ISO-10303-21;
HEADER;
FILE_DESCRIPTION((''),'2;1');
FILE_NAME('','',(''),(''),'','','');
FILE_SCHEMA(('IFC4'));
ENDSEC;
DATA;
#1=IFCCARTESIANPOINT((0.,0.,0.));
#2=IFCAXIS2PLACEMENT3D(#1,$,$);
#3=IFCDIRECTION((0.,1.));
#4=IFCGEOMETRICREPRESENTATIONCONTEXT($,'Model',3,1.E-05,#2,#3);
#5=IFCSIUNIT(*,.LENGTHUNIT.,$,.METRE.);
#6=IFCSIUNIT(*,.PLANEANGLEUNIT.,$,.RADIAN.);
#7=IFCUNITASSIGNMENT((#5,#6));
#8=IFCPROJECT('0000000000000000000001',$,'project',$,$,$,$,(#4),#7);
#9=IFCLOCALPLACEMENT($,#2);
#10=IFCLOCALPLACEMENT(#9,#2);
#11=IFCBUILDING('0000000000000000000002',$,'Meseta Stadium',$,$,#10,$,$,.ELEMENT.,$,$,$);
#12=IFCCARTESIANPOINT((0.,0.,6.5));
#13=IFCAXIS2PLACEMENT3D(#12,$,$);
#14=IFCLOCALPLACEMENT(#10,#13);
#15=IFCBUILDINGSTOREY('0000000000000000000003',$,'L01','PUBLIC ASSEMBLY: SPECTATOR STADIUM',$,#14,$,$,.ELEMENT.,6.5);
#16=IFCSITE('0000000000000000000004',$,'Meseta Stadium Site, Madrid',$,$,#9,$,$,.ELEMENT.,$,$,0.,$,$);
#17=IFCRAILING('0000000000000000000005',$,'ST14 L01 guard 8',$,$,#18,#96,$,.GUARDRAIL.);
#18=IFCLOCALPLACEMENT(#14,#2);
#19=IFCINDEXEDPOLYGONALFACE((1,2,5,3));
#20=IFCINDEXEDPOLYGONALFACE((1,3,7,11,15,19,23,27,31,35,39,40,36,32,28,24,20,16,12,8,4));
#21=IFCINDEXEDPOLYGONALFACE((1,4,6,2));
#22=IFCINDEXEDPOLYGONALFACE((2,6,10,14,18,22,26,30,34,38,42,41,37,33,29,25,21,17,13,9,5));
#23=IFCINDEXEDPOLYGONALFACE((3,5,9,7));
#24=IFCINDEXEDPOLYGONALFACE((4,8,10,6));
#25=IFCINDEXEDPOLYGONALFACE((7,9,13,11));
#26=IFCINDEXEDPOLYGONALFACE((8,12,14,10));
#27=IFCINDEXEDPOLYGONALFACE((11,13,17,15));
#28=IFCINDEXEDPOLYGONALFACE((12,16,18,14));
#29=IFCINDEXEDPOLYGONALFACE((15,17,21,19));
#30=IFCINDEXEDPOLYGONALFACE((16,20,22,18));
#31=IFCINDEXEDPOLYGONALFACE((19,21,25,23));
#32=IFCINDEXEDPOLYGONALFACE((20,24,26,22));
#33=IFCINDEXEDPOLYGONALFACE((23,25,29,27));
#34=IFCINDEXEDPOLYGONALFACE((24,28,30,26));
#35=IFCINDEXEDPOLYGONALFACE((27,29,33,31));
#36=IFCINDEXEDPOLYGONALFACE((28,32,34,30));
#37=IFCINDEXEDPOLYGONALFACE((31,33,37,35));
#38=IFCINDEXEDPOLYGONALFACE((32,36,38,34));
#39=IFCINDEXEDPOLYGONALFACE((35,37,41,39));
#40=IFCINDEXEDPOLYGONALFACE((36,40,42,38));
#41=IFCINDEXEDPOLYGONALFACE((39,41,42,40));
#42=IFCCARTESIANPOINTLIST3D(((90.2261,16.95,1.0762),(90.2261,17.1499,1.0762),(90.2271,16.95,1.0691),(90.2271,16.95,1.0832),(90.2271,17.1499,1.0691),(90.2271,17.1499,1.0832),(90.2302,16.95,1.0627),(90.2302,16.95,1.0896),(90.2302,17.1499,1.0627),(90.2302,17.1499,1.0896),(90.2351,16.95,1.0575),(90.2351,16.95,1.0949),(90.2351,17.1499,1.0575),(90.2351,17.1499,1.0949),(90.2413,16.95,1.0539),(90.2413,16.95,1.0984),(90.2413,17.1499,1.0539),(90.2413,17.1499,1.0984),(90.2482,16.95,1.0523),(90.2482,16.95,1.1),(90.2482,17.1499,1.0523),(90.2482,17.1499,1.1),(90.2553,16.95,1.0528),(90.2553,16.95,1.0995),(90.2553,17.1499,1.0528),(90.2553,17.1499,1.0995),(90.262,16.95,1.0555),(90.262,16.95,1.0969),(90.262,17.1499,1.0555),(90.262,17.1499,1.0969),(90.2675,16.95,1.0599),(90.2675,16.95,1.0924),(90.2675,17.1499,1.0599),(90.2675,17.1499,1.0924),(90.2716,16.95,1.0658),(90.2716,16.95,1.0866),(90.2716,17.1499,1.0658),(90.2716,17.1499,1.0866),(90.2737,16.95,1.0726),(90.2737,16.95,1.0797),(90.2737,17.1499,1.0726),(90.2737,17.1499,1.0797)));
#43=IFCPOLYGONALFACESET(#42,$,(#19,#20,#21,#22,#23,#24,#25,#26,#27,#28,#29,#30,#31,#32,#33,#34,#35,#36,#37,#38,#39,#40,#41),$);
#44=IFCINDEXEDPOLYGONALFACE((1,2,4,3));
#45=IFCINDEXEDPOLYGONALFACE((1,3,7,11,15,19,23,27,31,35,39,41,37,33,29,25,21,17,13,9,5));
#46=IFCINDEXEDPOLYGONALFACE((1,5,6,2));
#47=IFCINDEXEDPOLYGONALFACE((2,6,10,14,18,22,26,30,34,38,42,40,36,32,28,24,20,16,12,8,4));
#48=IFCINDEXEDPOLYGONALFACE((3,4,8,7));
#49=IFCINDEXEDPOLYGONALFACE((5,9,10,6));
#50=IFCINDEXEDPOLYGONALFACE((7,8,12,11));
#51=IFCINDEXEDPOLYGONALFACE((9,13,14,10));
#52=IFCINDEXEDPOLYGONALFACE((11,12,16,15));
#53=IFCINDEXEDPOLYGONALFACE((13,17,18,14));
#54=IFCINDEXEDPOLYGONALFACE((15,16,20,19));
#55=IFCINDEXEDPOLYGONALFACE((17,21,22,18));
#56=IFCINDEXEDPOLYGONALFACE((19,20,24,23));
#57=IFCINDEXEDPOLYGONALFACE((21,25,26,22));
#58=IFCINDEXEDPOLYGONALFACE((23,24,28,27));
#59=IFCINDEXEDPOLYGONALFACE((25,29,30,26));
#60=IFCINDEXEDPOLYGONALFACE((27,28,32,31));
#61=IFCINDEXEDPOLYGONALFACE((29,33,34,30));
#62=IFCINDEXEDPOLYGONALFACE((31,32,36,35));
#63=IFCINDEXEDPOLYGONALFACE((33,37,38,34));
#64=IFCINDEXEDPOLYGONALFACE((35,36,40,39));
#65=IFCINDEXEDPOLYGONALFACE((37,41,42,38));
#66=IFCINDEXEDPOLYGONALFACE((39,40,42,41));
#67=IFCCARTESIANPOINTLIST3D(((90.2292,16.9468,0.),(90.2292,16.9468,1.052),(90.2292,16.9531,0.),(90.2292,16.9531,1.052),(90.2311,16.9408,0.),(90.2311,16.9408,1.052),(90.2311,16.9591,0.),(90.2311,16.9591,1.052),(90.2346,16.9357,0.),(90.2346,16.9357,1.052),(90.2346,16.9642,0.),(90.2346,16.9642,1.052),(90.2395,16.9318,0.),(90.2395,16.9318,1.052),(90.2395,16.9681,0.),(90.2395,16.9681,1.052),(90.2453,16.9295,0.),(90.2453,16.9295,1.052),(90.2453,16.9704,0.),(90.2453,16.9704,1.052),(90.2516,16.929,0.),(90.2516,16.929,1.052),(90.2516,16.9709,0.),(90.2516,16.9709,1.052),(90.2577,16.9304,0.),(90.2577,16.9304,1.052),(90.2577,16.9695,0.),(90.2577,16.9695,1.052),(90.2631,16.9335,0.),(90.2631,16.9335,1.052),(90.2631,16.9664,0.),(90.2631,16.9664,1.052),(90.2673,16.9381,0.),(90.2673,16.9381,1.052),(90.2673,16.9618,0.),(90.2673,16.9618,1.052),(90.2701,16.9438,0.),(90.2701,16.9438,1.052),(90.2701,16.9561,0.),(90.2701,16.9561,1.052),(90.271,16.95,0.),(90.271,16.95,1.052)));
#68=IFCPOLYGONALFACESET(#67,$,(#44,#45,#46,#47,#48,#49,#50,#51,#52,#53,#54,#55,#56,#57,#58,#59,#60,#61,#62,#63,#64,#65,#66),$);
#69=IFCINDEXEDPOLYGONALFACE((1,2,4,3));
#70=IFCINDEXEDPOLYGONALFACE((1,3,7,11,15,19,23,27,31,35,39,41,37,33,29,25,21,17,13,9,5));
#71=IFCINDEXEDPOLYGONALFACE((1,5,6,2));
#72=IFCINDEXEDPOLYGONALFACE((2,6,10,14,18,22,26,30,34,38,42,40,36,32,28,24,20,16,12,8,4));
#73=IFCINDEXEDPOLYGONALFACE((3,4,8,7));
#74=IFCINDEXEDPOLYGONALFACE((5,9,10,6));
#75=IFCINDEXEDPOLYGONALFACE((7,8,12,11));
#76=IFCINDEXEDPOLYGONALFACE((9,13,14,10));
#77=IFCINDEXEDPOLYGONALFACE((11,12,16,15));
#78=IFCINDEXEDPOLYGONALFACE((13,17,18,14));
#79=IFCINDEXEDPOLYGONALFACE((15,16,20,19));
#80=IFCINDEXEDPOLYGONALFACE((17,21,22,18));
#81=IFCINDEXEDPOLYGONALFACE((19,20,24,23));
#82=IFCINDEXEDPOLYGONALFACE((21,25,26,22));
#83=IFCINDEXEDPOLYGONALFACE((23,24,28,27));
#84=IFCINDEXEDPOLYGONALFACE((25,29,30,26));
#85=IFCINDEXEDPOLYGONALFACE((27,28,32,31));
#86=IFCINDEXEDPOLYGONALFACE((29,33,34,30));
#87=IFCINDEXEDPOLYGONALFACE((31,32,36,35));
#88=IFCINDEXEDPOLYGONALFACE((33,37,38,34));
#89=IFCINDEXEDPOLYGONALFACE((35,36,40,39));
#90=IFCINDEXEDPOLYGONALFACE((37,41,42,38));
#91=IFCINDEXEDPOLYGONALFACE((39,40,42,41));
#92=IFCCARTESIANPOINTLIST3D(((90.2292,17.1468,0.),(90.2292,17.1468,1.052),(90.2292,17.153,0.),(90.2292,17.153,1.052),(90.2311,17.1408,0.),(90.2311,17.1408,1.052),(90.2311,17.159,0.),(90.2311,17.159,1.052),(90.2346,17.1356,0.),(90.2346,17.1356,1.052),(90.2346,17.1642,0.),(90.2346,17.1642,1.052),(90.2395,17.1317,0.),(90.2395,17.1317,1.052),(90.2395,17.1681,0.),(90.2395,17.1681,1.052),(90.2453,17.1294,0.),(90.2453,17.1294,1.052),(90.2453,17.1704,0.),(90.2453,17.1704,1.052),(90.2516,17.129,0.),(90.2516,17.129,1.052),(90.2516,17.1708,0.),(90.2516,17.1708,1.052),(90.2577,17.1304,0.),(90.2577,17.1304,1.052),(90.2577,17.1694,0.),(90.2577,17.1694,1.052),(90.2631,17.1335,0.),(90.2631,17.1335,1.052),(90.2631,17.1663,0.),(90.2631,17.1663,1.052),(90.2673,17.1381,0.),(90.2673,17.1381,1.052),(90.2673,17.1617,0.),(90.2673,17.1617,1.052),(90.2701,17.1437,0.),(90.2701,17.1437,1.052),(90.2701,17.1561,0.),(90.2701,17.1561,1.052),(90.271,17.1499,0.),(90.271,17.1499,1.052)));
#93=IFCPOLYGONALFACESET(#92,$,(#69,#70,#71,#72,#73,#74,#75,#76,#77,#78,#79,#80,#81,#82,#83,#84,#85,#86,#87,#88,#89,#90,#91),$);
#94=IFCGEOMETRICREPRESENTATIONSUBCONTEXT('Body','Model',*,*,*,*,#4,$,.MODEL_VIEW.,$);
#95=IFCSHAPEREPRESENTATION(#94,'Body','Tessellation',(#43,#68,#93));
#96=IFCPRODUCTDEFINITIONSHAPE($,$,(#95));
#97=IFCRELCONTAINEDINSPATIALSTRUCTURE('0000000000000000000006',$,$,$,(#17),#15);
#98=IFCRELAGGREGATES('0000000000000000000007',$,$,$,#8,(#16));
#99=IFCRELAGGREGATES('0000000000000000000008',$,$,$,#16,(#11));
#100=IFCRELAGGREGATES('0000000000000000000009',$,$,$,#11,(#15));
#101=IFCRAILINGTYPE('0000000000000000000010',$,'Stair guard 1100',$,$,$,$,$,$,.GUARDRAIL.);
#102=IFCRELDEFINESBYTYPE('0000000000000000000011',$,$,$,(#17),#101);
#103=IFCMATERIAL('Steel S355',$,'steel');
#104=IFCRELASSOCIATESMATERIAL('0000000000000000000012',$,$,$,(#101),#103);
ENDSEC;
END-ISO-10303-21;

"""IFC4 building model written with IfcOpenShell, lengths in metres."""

from ifc_helpers import new_model, si_unit, direction, frame, origin, origin_2d, place, context, subcontext, project, spatial, circle, extrude, material, type_object, element, save


model = new_model("IFC4")

# Units and contexts
model_context = context("Model", 3, precision=1e-05, world=origin(), true_north=direction((0.0, 1.0)))
body_context = subcontext(model_context, "Body", "Model", "MODEL_VIEW")
ifc_project = project(units=[si_unit("LENGTHUNIT", "METRE"), si_unit("PLANEANGLEUNIT", "RADIAN")], contexts=[model_context])

# Site, building, storey
site_placement = place(None, origin())
site = spatial("IfcSite", under=ifc_project, at=site_placement, Name="Meseta Stadium Site, Madrid", CompositionType="ELEMENT", RefElevation=0.0)
building_placement = place(site_placement, origin())
building = spatial("IfcBuilding", under=site, at=building_placement, Name="Meseta Stadium", CompositionType="ELEMENT")
storey_placement = place(building_placement, frame((0.0, 0.0, 6.5)))
storey = spatial("IfcBuildingStorey", under=building, at=storey_placement, Name="L01", Description="PUBLIC ASSEMBLY: SPECTATOR STADIUM", CompositionType="ELEMENT", Elevation=6.5)

# Railing
ifc_material_1 = material(Name="Steel S355", Category="steel")
railing_type_1 = type_object("IfcRailingType", Name="Stair guard 1100", PredefinedType="GUARDRAIL", material=ifc_material_1)
railing_1_placement = place(storey_placement, frame((90.25, 16.95, 0.0)))
element("IfcRailing", 1, at=railing_1_placement, inside=storey, type_object=railing_type_1, Name="ST14 L01 guard 8", PredefinedType="GUARDRAIL", context=body_context, shape_type="SweptSolid", body=[
    extrude(circle(Radius=0.0239, at=origin_2d()), frame((0.0, 0.0, 1.0762), z_axis=(0.0, 1.0, 0.0), x_axis=(-1.0, 0.0, 0.0)), (0.0, 0.0, 1.0), 0.2),
    extrude(circle(Radius=0.021, at=origin_2d()), origin(), (0.0, 0.0, 1.0), 1.052),
    extrude(circle(Radius=0.021, at=origin_2d()), frame((0.0, 0.2, 0.0)), (0.0, 0.0, 1.0), 1.052),
])

save(model, "model.ifc")
